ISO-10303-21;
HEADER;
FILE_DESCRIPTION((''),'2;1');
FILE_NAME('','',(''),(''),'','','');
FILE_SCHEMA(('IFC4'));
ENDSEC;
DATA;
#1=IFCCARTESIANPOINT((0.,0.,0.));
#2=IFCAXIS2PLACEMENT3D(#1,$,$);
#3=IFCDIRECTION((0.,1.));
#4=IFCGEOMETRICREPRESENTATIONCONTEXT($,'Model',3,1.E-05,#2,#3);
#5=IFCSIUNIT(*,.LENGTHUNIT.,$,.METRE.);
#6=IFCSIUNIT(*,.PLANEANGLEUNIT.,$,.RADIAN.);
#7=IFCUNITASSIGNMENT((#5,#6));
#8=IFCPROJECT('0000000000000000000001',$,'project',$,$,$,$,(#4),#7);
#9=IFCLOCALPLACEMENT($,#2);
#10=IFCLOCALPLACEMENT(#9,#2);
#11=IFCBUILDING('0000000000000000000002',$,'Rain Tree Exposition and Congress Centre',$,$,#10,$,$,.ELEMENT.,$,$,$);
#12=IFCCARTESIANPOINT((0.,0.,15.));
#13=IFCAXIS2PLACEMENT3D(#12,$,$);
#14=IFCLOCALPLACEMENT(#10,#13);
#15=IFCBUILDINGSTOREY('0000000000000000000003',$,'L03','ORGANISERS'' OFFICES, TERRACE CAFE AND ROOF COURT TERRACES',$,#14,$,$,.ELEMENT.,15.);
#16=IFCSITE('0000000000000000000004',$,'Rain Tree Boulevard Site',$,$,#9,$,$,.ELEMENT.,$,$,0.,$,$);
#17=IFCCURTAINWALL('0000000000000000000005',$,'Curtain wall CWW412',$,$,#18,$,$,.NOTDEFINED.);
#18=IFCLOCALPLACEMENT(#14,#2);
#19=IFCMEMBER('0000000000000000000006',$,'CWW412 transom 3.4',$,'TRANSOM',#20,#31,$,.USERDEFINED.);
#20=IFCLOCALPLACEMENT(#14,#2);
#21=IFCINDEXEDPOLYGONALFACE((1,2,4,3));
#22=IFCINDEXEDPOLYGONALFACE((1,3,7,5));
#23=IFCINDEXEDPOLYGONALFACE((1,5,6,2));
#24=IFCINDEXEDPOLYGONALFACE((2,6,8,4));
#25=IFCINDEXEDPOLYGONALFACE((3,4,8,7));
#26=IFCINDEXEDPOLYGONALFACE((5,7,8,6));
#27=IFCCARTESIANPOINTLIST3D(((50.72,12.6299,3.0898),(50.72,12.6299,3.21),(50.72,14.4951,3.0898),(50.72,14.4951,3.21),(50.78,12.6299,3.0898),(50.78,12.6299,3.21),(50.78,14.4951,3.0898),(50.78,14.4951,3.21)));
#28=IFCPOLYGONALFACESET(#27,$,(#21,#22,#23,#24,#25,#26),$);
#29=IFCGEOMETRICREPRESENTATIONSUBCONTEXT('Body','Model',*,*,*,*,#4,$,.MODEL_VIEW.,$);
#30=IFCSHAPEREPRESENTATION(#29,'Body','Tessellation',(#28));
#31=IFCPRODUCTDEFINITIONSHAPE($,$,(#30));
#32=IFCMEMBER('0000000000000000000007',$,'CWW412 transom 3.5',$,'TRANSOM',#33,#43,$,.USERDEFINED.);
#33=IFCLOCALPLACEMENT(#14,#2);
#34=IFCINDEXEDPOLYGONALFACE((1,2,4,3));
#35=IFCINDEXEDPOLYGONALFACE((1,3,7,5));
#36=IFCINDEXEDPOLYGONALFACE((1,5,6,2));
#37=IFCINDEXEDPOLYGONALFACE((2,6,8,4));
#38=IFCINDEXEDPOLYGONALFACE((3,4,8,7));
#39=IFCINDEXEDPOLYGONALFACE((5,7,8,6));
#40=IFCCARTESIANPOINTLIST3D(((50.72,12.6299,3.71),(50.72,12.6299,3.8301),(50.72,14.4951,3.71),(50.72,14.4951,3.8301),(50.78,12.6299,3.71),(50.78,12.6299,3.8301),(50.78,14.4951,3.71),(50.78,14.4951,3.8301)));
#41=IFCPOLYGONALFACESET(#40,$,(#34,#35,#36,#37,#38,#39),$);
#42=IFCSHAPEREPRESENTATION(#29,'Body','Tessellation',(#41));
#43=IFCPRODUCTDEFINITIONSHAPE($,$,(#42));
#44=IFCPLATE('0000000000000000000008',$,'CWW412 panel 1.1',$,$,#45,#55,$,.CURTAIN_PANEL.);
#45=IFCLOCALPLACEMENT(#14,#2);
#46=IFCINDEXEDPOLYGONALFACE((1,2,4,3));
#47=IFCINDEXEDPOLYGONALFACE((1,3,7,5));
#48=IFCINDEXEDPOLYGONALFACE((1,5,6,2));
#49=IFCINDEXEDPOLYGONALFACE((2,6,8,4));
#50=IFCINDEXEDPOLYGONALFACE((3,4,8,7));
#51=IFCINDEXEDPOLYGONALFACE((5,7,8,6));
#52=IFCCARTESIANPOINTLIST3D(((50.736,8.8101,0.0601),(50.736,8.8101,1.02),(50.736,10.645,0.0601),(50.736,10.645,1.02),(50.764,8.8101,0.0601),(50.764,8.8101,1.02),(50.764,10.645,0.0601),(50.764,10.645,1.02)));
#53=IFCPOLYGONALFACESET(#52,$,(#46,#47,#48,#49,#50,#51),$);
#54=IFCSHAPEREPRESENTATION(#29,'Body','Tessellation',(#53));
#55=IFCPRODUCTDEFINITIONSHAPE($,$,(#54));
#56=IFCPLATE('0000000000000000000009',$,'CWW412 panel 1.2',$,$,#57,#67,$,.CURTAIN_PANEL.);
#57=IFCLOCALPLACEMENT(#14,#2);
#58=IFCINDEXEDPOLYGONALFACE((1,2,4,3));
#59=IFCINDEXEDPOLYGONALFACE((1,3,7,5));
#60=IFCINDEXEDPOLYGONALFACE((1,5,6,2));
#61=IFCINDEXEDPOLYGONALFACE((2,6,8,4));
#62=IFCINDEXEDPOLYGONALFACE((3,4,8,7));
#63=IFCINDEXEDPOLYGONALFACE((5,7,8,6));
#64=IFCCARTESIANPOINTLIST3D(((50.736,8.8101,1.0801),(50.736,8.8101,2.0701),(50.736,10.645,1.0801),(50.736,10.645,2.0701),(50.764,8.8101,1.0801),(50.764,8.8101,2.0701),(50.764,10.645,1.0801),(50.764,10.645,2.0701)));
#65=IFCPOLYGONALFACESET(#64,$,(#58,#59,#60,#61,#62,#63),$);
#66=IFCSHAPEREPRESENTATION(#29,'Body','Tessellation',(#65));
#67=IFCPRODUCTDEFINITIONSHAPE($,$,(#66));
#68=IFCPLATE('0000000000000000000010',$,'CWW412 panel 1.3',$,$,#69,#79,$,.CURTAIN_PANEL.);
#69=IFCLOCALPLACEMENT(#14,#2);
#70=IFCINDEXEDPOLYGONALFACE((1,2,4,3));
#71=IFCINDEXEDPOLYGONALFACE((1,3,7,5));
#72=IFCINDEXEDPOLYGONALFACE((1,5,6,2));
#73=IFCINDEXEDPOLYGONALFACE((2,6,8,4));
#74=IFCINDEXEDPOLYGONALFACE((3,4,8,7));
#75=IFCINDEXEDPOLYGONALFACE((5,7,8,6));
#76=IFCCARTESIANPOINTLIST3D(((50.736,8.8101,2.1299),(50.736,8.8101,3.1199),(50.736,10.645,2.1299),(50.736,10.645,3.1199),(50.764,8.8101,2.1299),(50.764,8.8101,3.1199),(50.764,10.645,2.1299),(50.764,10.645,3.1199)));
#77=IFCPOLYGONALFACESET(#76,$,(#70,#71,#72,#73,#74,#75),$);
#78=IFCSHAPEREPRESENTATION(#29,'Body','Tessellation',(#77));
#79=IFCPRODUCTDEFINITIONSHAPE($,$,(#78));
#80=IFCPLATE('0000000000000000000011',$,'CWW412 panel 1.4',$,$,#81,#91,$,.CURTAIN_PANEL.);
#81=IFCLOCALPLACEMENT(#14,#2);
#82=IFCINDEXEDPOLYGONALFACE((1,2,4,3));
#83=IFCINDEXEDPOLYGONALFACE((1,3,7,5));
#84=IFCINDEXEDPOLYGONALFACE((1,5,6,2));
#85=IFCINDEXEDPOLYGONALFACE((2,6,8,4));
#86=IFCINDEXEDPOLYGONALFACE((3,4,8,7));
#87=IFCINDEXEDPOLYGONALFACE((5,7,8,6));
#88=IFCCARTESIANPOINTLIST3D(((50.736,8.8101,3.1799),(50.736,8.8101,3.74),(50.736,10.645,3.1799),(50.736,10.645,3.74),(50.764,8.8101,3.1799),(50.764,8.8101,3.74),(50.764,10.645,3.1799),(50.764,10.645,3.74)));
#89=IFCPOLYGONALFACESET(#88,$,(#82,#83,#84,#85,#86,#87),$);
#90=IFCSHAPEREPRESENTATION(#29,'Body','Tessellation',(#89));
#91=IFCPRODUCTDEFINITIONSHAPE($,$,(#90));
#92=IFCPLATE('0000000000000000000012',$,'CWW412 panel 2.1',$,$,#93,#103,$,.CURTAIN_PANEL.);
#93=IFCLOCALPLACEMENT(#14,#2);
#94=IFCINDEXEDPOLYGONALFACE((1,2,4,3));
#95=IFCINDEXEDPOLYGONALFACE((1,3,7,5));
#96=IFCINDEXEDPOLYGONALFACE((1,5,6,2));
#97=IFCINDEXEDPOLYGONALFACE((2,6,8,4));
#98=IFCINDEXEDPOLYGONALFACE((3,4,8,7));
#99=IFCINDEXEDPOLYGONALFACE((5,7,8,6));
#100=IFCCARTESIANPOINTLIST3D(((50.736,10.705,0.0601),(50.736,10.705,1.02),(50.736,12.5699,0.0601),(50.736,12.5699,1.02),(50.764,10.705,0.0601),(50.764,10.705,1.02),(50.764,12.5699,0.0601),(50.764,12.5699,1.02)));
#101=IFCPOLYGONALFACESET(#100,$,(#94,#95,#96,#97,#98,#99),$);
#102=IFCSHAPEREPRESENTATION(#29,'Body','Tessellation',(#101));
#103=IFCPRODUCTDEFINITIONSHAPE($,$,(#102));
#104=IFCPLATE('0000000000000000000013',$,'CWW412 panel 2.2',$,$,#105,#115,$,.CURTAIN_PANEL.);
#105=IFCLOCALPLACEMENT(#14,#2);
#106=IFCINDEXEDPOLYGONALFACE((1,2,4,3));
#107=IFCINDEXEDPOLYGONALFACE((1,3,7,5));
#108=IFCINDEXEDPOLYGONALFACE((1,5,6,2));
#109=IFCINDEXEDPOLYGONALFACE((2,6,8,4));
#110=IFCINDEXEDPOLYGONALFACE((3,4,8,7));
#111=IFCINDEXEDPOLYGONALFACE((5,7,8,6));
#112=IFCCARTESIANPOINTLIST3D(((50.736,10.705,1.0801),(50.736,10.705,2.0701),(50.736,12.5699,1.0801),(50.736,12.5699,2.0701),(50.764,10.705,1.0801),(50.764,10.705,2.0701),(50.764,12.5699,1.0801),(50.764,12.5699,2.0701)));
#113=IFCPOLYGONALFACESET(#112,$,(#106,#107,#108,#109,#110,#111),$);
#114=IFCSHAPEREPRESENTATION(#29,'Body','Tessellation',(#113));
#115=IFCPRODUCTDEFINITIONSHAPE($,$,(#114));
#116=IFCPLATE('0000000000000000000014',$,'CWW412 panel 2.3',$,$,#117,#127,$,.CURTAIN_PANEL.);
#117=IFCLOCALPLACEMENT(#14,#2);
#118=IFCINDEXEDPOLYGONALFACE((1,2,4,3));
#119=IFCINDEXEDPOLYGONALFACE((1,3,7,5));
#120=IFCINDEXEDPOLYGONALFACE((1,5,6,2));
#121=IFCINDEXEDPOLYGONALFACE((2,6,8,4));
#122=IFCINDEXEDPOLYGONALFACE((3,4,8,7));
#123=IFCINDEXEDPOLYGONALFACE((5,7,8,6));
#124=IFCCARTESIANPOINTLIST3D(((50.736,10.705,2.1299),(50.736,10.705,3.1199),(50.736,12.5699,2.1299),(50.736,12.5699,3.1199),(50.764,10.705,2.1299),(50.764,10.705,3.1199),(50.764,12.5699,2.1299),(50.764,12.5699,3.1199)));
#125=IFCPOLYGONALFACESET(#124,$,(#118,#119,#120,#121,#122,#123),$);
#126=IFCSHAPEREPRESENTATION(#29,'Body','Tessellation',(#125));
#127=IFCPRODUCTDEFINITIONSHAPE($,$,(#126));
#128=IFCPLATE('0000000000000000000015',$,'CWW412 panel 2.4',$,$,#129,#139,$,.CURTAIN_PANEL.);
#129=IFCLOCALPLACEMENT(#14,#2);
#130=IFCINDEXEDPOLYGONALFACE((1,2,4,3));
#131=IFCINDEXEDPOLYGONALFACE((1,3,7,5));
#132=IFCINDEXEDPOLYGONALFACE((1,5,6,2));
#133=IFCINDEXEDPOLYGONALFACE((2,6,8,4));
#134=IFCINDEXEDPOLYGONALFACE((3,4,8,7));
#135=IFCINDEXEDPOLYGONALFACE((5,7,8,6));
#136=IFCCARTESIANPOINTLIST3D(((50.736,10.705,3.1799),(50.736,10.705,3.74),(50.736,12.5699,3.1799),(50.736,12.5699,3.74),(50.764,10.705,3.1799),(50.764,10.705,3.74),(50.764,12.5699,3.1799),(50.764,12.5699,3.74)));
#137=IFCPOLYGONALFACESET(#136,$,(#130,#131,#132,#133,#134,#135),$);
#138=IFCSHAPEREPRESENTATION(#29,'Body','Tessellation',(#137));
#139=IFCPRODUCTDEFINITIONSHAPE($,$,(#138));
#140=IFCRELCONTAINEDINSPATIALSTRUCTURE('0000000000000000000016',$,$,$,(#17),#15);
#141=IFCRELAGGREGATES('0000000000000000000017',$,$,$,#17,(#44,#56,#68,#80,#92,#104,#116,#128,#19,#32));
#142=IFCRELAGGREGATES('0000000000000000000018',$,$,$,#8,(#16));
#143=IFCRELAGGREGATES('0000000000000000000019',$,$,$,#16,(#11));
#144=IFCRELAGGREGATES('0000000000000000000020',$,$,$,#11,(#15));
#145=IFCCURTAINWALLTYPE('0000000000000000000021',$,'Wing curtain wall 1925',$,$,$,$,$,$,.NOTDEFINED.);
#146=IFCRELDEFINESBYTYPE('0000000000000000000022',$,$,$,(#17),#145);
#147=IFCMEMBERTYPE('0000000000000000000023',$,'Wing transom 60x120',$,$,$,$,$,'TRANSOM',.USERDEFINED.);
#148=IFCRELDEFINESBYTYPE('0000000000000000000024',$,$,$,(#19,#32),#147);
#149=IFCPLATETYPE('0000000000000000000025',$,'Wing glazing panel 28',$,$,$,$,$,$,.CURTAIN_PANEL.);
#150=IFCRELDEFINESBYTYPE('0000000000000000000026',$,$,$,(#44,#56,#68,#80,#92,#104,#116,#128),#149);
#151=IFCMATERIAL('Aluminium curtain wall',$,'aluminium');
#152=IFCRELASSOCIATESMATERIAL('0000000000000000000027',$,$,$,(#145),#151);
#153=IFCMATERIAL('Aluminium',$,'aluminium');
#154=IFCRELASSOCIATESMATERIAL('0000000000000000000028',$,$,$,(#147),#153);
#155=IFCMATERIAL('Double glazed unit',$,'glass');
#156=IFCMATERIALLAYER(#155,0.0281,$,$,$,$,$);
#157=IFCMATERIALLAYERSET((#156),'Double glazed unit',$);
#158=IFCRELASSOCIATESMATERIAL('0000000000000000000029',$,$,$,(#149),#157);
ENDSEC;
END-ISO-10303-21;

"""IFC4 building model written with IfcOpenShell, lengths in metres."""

from ifc_helpers import new_model, si_unit, direction, frame, origin, origin_2d, place, context, subcontext, project, spatial, rectangle, extrude, material, layer, layer_set, material_profile, profile_set, type_object, element, aggregate, save


model = new_model("IFC4")

# Units and contexts
model_context = context("Model", 3, precision=1e-05, world=origin(), true_north=direction((0.0, 1.0)))
body_context = subcontext(model_context, "Body", "Model", "MODEL_VIEW")
ifc_project = project(units=[si_unit("LENGTHUNIT", "METRE"), si_unit("PLANEANGLEUNIT", "RADIAN")], contexts=[model_context])

# Site, building, storey
site_placement = place(None, origin())
site = spatial("IfcSite", under=ifc_project, at=site_placement, Name="Rain Tree Boulevard Site", CompositionType="ELEMENT", RefElevation=0.0)
building_placement = place(site_placement, origin())
building = spatial("IfcBuilding", under=site, at=building_placement, Name="Rain Tree Exposition and Congress Centre", CompositionType="ELEMENT")
storey_placement = place(building_placement, frame((0.0, 0.0, 15.0)))
storey = spatial("IfcBuildingStorey", under=building, at=storey_placement, Name="L03", Description="ORGANISERS' OFFICES, TERRACE CAFE AND ROOF COURT TERRACES", CompositionType="ELEMENT", Elevation=15.0)

# Curtain wall, members, plates
ifc_material_1 = material(Name="Aluminium curtain wall", Category="aluminium")
curtain_wall_type = type_object("IfcCurtainWallType", Name="Wing curtain wall 1925", PredefinedType="NOTDEFINED", material=ifc_material_1)
curtain_wall_placement = place(storey_placement, origin())
curtain_wall = element("IfcCurtainWall", 1, at=curtain_wall_placement, inside=storey, type_object=curtain_wall_type, Name="Curtain wall CWW412", PredefinedType="NOTDEFINED")
ifc_material_2 = material(Name="Aluminium", Category="aluminium")
ifc_material_profile_1 = material_profile(ifc_material_2, rectangle(XDim=0.0601, YDim=0.1201, at=origin_2d()), Name="Aluminium 60x120")
ifc_profile_set_1 = profile_set([ifc_material_profile_1], Name="Aluminium")
member_type_1 = type_object("IfcMemberType", Name="Wing transom 60x120", ElementType="TRANSOM", PredefinedType="USERDEFINED", material=ifc_profile_set_1)
member_1_placement = place(storey_placement, frame((50.75, 12.6299, 3.1499), z_axis=(0.0, 1.0, 0.0), x_axis=(-1.0, 0.0, 0.0)))
member_1 = element("IfcMember", 2, at=member_1_placement, type_object=member_type_1, Name="CWW412 transom 3.4", ObjectType="TRANSOM", PredefinedType="USERDEFINED", context=body_context, shape_type="SweptSolid", body=[
    extrude(rectangle(XDim=0.0601, YDim=0.1201, at=origin_2d()), origin(), (0.0, 0.0, 1.0), 1.8652),
])
member_2_placement = place(storey_placement, frame((50.75, 12.6299, 3.77), z_axis=(0.0, 1.0, 0.0), x_axis=(-1.0, 0.0, 0.0)))
member_2 = element("IfcMember", 3, at=member_2_placement, type_object=member_type_1, Name="CWW412 transom 3.5", ObjectType="TRANSOM", PredefinedType="USERDEFINED", context=body_context, shape_type="SweptSolid", body=[
    extrude(rectangle(XDim=0.0601, YDim=0.1201, at=origin_2d()), origin(), (0.0, 0.0, 1.0), 1.8652),
])
ifc_material_3 = material(Name="Double glazed unit", Category="glass")
ifc_layer = layer(ifc_material_3, 0.0281)
ifc_layer_set = layer_set([ifc_layer], Name="Double glazed unit")
plate_type = type_object("IfcPlateType", Name="Wing glazing panel 28", PredefinedType="CURTAIN_PANEL", material=ifc_layer_set)
plate_1_placement = place(storey_placement, frame((50.75, 9.7275, 0.0601), z_axis=(0.0, 0.0, 1.0), x_axis=(0.0, 1.0, 0.0)))
plate_1 = element("IfcPlate", 4, at=plate_1_placement, type_object=plate_type, Name="CWW412 panel 1.1", PredefinedType="CURTAIN_PANEL", context=body_context, shape_type="SweptSolid", body=[
    extrude(rectangle(XDim=1.835, YDim=0.0281, at=origin_2d()), origin(), (0.0, 0.0, 1.0), 0.96),
])
plate_2_placement = place(storey_placement, frame((50.75, 9.7275, 1.0801), z_axis=(0.0, 0.0, 1.0), x_axis=(0.0, 1.0, 0.0)))
plate_2 = element("IfcPlate", 5, at=plate_2_placement, type_object=plate_type, Name="CWW412 panel 1.2", PredefinedType="CURTAIN_PANEL", context=body_context, shape_type="SweptSolid", body=[
    extrude(rectangle(XDim=1.835, YDim=0.0281, at=origin_2d()), origin(), (0.0, 0.0, 1.0), 0.99),
])
plate_3_placement = place(storey_placement, frame((50.75, 9.7275, 2.1299), z_axis=(0.0, 0.0, 1.0), x_axis=(0.0, 1.0, 0.0)))
plate_3 = element("IfcPlate", 6, at=plate_3_placement, type_object=plate_type, Name="CWW412 panel 1.3", PredefinedType="CURTAIN_PANEL", context=body_context, shape_type="SweptSolid", body=[
    extrude(rectangle(XDim=1.835, YDim=0.0281, at=origin_2d()), origin(), (0.0, 0.0, 1.0), 0.99),
])
plate_4_placement = place(storey_placement, frame((50.75, 9.7275, 3.1799), z_axis=(0.0, 0.0, 1.0), x_axis=(0.0, 1.0, 0.0)))
plate_4 = element("IfcPlate", 7, at=plate_4_placement, type_object=plate_type, Name="CWW412 panel 1.4", PredefinedType="CURTAIN_PANEL", context=body_context, shape_type="SweptSolid", body=[
    extrude(rectangle(XDim=1.835, YDim=0.0281, at=origin_2d()), origin(), (0.0, 0.0, 1.0), 0.5601),
])
plate_5_placement = place(storey_placement, frame((50.75, 11.6375, 0.0601), z_axis=(0.0, 0.0, 1.0), x_axis=(0.0, 1.0, 0.0)))
plate_5 = element("IfcPlate", 8, at=plate_5_placement, type_object=plate_type, Name="CWW412 panel 2.1", PredefinedType="CURTAIN_PANEL", context=body_context, shape_type="SweptSolid", body=[
    extrude(rectangle(XDim=1.865, YDim=0.0281, at=origin_2d()), origin(), (0.0, 0.0, 1.0), 0.96),
])
plate_6_placement = place(storey_placement, frame((50.75, 11.6375, 1.0801), z_axis=(0.0, 0.0, 1.0), x_axis=(0.0, 1.0, 0.0)))
plate_6 = element("IfcPlate", 9, at=plate_6_placement, type_object=plate_type, Name="CWW412 panel 2.2", PredefinedType="CURTAIN_PANEL", context=body_context, shape_type="SweptSolid", body=[
    extrude(rectangle(XDim=1.865, YDim=0.0281, at=origin_2d()), origin(), (0.0, 0.0, 1.0), 0.99),
])
plate_7_placement = place(storey_placement, frame((50.75, 11.6375, 2.1299), z_axis=(0.0, 0.0, 1.0), x_axis=(0.0, 1.0, 0.0)))
plate_7 = element("IfcPlate", 10, at=plate_7_placement, type_object=plate_type, Name="CWW412 panel 2.3", PredefinedType="CURTAIN_PANEL", context=body_context, shape_type="SweptSolid", body=[
    extrude(rectangle(XDim=1.865, YDim=0.0281, at=origin_2d()), origin(), (0.0, 0.0, 1.0), 0.99),
])
plate_8_placement = place(storey_placement, frame((50.75, 11.6375, 3.1799), z_axis=(0.0, 0.0, 1.0), x_axis=(0.0, 1.0, 0.0)))
plate_8 = element("IfcPlate", 11, at=plate_8_placement, type_object=plate_type, Name="CWW412 panel 2.4", PredefinedType="CURTAIN_PANEL", context=body_context, shape_type="SweptSolid", body=[
    extrude(rectangle(XDim=1.865, YDim=0.0281, at=origin_2d()), origin(), (0.0, 0.0, 1.0), 0.5601),
])
aggregate(curtain_wall, [plate_1, plate_2, plate_3, plate_4, plate_5, plate_6, plate_7, plate_8, member_1, member_2])

save(model, "model.ifc")
